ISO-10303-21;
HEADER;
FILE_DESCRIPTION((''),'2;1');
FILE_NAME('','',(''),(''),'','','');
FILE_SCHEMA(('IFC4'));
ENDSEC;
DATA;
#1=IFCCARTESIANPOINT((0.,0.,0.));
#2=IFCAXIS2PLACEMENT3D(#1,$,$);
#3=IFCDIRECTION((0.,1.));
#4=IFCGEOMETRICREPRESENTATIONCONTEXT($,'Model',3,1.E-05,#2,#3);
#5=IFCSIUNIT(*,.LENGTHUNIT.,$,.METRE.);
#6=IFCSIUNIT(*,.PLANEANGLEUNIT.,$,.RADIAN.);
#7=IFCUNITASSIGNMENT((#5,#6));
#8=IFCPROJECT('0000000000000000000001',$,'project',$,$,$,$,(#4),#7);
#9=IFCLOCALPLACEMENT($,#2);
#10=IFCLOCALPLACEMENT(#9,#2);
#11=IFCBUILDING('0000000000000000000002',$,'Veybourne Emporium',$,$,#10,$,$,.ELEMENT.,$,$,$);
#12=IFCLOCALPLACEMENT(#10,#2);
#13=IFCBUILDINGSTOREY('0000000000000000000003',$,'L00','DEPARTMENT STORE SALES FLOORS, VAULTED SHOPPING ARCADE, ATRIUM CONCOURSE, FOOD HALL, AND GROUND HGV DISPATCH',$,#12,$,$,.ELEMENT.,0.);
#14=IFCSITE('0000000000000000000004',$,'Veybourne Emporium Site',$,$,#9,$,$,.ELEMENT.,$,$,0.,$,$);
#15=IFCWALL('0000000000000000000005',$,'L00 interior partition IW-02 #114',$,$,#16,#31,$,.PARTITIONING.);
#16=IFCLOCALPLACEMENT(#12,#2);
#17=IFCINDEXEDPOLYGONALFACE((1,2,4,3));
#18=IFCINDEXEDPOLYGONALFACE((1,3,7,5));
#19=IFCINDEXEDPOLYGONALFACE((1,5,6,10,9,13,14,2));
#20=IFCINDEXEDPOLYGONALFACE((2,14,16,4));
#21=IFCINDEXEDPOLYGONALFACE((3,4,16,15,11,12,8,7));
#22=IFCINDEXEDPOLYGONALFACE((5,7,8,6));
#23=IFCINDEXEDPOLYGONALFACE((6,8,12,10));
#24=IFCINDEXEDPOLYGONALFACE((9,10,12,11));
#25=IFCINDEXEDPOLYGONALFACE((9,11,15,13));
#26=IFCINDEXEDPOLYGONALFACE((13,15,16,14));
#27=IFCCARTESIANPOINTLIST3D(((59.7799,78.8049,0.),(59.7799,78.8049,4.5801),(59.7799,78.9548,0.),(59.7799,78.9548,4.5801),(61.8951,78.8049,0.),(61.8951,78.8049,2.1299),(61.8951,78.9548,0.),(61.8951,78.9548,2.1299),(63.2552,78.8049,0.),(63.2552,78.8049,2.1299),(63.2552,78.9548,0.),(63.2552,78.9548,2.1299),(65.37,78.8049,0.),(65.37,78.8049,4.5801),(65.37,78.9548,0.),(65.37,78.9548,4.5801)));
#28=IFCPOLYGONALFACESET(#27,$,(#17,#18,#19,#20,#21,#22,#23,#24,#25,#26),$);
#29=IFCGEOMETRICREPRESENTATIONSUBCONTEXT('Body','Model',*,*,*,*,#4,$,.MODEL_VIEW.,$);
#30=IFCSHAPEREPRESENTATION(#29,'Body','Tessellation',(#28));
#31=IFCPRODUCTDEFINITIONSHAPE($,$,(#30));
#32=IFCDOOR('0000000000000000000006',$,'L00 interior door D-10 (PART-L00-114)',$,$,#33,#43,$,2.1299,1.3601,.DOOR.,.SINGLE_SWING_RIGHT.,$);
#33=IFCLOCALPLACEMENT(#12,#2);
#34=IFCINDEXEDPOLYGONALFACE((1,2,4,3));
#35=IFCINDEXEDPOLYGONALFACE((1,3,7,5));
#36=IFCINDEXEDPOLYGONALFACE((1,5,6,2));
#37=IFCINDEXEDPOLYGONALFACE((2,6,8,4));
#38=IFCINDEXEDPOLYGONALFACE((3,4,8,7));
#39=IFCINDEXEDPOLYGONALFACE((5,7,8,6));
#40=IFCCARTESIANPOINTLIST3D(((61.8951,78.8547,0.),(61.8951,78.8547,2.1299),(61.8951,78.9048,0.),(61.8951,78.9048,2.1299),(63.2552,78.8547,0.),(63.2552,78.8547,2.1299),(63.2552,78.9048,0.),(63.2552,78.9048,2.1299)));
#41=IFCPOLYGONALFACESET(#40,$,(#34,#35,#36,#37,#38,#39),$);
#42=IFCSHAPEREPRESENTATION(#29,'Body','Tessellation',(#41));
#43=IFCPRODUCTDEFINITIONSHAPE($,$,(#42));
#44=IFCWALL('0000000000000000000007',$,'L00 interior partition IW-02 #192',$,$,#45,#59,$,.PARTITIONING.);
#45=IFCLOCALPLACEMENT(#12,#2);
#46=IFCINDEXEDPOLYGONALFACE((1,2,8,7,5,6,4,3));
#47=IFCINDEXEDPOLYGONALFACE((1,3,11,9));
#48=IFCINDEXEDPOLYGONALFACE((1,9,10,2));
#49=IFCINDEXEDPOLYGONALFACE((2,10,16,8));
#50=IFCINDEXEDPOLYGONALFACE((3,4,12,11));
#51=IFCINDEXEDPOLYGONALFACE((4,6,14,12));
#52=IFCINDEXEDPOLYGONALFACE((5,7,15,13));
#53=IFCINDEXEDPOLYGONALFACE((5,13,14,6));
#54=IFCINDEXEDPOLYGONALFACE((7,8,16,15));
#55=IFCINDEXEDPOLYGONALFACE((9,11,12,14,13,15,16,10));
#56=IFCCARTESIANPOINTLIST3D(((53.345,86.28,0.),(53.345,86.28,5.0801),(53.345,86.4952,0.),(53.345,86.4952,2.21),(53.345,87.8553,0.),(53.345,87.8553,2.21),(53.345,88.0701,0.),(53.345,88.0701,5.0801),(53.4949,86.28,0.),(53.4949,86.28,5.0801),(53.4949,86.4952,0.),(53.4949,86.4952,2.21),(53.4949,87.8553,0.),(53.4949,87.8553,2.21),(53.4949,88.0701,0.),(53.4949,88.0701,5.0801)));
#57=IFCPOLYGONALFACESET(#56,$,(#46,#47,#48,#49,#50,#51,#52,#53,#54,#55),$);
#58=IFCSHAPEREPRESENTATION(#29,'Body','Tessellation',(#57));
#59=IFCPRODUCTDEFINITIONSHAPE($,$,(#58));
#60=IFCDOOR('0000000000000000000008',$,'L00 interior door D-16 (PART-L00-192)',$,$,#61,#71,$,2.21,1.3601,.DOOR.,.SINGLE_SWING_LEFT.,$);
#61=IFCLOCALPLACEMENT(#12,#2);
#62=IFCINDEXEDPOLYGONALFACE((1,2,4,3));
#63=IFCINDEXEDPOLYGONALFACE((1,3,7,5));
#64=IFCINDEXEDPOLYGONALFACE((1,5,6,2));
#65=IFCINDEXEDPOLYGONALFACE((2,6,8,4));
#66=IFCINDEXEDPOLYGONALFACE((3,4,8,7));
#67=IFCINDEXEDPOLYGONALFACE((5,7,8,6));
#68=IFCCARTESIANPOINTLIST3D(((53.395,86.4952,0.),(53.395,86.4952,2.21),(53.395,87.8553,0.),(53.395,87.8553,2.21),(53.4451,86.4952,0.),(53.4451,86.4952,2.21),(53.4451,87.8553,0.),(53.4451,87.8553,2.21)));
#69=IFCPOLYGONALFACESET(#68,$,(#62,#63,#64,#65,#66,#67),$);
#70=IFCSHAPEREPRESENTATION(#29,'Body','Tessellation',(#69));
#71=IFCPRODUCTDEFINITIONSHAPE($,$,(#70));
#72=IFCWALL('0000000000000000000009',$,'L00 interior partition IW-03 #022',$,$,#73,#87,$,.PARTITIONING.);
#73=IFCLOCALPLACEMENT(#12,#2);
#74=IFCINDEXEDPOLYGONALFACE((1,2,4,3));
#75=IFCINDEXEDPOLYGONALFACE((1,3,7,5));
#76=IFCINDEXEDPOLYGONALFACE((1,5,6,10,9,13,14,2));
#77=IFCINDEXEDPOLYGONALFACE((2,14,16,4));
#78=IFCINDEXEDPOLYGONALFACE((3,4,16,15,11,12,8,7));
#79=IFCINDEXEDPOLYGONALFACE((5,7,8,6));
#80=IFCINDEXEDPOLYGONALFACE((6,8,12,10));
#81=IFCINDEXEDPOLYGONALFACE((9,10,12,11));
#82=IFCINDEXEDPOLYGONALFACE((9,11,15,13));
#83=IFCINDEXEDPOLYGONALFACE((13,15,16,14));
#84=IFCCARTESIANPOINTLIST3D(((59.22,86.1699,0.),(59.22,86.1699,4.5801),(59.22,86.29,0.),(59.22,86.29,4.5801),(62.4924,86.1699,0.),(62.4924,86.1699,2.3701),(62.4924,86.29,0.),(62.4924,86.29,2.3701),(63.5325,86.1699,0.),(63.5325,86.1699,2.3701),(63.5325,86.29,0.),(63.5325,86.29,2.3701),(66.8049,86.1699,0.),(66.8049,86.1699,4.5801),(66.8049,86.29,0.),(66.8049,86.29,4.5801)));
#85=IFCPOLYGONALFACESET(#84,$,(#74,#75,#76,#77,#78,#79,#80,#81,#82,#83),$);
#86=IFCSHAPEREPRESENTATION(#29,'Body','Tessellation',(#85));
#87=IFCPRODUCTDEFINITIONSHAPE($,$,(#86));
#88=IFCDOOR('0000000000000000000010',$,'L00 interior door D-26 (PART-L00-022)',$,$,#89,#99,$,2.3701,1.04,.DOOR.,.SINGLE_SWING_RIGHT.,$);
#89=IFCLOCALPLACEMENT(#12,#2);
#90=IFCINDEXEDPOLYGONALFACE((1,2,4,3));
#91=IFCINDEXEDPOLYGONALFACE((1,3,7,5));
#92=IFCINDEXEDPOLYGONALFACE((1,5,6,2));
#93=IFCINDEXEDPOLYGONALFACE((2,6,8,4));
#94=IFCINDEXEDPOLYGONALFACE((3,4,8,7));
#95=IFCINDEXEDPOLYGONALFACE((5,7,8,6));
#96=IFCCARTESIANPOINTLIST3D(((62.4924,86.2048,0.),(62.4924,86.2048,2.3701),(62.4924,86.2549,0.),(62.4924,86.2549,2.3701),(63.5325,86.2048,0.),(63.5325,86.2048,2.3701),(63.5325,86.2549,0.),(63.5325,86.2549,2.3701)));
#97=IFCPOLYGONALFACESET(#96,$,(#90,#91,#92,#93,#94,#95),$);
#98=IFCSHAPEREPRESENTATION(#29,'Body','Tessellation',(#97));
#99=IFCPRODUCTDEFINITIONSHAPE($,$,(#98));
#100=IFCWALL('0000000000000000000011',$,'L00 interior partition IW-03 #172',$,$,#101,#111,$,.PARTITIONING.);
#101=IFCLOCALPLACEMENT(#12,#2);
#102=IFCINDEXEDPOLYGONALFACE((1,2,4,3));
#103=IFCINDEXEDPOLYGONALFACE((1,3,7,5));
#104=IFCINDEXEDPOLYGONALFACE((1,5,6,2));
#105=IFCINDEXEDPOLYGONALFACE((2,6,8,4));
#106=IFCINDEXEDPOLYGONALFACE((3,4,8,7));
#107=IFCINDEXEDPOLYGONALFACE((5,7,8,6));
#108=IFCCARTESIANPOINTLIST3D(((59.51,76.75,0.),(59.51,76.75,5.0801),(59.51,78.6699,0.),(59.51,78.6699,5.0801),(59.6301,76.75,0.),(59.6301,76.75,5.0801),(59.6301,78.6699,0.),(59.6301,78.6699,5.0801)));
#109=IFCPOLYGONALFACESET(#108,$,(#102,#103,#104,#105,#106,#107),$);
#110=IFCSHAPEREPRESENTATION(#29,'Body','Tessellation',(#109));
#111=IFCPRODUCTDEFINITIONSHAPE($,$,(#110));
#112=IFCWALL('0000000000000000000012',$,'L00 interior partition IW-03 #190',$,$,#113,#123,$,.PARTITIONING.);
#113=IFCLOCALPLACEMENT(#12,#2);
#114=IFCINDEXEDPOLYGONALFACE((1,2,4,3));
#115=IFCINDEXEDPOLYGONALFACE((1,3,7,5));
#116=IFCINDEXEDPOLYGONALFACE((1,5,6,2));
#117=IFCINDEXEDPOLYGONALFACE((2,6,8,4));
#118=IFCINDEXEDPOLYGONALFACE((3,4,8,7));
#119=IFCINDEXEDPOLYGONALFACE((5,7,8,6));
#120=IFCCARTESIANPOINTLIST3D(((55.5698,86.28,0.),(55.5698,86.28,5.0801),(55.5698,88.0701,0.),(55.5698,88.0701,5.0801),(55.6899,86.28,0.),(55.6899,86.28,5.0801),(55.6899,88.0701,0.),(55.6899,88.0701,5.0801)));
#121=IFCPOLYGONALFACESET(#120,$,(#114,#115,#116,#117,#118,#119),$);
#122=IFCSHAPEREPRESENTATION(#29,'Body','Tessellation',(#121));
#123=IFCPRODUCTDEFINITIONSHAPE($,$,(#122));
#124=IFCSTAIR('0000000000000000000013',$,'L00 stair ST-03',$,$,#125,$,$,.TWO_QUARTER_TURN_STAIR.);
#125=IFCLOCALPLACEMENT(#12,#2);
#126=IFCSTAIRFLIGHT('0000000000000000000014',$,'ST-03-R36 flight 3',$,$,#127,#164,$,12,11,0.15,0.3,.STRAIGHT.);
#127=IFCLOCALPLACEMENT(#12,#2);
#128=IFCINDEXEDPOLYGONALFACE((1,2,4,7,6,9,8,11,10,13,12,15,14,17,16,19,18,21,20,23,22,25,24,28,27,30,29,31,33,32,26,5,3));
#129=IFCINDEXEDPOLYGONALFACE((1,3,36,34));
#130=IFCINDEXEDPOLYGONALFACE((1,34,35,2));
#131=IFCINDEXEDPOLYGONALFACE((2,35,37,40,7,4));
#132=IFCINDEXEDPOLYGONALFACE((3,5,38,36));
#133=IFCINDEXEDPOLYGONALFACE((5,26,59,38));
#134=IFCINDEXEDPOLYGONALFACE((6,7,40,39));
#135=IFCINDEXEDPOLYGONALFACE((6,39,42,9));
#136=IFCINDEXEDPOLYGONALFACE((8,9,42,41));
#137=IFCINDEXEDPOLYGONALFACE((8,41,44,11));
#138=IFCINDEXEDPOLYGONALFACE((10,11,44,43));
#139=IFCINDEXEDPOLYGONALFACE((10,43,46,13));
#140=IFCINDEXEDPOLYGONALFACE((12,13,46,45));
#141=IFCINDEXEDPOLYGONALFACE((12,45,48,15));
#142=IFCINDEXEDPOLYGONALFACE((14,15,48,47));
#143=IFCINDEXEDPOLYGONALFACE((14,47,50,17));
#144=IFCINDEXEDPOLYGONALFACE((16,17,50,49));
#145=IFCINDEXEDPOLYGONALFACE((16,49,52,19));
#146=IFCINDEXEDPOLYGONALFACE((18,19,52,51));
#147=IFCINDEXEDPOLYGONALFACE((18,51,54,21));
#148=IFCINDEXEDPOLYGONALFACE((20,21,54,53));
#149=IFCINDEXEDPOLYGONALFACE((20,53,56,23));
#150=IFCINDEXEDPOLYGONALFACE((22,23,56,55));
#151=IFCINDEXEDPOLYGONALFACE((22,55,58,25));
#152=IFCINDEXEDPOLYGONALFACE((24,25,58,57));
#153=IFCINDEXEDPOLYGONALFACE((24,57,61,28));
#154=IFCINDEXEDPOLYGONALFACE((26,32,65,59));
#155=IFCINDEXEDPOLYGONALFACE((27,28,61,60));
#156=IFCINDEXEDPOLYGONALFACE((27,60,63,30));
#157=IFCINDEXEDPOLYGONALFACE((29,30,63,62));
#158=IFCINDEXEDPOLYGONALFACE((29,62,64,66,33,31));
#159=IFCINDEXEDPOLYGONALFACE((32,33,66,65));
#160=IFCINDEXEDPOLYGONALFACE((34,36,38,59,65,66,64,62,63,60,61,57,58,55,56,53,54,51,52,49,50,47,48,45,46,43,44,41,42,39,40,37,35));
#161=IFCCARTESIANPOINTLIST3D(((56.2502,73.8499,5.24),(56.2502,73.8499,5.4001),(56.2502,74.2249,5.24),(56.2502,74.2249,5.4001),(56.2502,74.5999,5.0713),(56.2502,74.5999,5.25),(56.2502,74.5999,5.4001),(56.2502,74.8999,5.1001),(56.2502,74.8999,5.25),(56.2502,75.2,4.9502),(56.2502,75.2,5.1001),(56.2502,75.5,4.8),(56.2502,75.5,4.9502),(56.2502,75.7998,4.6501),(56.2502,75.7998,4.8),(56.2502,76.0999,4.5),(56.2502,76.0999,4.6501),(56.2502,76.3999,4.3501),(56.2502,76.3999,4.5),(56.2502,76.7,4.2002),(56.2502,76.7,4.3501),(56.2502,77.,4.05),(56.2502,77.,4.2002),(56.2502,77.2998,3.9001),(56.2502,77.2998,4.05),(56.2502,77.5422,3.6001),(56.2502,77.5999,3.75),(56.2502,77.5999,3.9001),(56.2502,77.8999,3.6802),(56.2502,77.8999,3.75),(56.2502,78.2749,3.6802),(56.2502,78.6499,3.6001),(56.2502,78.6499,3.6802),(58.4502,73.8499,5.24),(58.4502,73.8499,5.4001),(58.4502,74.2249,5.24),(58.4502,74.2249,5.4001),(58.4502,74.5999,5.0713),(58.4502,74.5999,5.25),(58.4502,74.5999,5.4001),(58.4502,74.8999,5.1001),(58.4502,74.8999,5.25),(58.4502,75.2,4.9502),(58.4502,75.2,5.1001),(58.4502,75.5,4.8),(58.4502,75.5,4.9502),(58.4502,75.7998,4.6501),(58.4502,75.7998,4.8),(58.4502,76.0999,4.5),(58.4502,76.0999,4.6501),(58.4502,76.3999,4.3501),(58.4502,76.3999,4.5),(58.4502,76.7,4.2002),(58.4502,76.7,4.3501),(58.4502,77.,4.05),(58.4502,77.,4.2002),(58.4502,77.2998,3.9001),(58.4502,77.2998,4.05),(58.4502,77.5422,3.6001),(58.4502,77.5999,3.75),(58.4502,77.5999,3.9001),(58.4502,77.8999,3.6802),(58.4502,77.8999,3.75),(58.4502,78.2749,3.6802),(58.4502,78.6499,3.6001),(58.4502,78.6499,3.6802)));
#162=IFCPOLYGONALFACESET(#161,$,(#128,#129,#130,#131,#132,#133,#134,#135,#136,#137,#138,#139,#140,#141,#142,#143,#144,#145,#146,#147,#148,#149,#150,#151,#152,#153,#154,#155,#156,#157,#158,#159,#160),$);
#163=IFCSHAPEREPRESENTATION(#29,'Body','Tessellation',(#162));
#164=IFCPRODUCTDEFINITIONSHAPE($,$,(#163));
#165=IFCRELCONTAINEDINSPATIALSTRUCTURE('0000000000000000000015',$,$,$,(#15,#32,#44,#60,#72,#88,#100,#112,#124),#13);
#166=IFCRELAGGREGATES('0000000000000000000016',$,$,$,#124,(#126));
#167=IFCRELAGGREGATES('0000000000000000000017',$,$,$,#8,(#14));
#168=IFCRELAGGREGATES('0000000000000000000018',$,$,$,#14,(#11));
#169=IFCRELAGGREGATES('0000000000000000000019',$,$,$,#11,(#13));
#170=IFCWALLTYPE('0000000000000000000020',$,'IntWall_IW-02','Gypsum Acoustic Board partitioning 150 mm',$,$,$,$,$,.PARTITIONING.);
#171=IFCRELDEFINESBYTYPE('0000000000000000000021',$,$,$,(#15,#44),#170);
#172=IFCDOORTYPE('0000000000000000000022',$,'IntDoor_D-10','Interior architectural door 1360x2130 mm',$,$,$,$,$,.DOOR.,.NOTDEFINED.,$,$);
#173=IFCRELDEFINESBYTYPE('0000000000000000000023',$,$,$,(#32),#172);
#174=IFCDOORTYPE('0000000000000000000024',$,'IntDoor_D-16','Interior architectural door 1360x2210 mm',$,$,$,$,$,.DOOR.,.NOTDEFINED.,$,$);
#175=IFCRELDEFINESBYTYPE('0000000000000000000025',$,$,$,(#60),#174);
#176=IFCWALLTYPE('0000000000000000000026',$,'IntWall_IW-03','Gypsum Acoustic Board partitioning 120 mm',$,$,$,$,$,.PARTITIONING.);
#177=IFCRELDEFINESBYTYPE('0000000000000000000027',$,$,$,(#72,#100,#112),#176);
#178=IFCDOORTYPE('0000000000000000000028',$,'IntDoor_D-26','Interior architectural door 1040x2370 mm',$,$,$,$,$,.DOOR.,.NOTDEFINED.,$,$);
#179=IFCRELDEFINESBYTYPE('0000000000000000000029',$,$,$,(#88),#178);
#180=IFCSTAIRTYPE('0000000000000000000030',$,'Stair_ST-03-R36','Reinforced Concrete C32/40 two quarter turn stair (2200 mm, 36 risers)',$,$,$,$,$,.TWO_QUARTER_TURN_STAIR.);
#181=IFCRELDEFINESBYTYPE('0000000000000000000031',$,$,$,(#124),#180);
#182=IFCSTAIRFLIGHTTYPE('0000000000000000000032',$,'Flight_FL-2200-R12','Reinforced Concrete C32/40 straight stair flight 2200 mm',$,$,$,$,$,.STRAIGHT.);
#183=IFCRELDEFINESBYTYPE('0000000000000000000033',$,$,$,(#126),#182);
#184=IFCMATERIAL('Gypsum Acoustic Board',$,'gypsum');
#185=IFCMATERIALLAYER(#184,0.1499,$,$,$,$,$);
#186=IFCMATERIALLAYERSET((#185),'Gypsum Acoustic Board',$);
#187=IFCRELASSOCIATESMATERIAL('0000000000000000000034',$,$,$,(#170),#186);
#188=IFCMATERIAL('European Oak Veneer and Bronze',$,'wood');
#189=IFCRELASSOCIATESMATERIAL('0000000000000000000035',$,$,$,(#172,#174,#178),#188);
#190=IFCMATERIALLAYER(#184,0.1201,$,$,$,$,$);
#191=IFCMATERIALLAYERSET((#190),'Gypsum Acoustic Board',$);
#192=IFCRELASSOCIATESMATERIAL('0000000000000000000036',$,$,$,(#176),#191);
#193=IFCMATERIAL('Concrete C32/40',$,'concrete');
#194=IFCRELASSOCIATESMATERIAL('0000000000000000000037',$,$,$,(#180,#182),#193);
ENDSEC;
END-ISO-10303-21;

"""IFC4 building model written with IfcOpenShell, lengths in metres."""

from ifc_helpers import new_model, si_unit, direction, frame, frame_2d, origin, place, context, subcontext, project, spatial, polyline, rectangle, outline, extrude, material, layer, layer_set, type_object, element, fill, aggregate, save


model = new_model("IFC4")

# Units and contexts
model_context = context("Model", 3, precision=1e-05, world=origin(), true_north=direction((0.0, 1.0)))
body_context = subcontext(model_context, "Body", "Model", "MODEL_VIEW")
ifc_project = project(units=[si_unit("LENGTHUNIT", "METRE"), si_unit("PLANEANGLEUNIT", "RADIAN")], contexts=[model_context])

# Site, building, storey
site_placement = place(None, origin())
site = spatial("IfcSite", under=ifc_project, at=site_placement, Name="Veybourne Emporium Site", CompositionType="ELEMENT", RefElevation=0.0)
building_placement = place(site_placement, origin())
building = spatial("IfcBuilding", under=site, at=building_placement, Name="Veybourne Emporium", CompositionType="ELEMENT")
storey_placement = place(building_placement, origin())
storey = spatial("IfcBuildingStorey", under=building, at=storey_placement, Name="L00", Description="DEPARTMENT STORE SALES FLOORS, VAULTED SHOPPING ARCADE, ATRIUM CONCOURSE, FOOD HALL, AND GROUND HGV DISPATCH", CompositionType="ELEMENT", Elevation=0.0)

# Shared definitions
ifc_material_1 = material(Name="Concrete C32/40", Category="concrete")

# Walls, openings, doors
ifc_material_2 = material(Name="Gypsum Acoustic Board", Category="gypsum")
ifc_material_3 = material(Name="European Oak Veneer and Bronze", Category="wood")
ifc_layer_1 = layer(ifc_material_2, 0.1499)
ifc_layer_set_1 = layer_set([ifc_layer_1], Name="Gypsum Acoustic Board")
wall_type_1 = type_object("IfcWallType", Name="IntWall_IW-02", Description="Gypsum Acoustic Board partitioning 150 mm", PredefinedType="PARTITIONING", material=ifc_layer_set_1)
wall_1_placement = place(storey_placement, frame((59.78, 78.8799, 0.0), z_axis=(0.0, 0.0, 1.0), x_axis=(1.0, 0.0, 0.0)))
wall_1 = element("IfcWall", 1, at=wall_1_placement, inside=storey, type_object=wall_type_1, Name="L00 interior partition IW-02 #114", PredefinedType="PARTITIONING", context=body_context, shape_type="SweptSolid", body=[
    extrude(rectangle(XDim=5.5901, YDim=0.1499, at=frame_2d((2.7949, 0.0))), origin(), (0.0, 0.0, 1.0), 4.5801),
])
opening_1_placement = place(wall_1_placement, frame((2.115, 0.0, 0.0)))
opening_1 = element("IfcOpeningElement", 2, at=opening_1_placement, cuts=wall_1, PredefinedType="OPENING", context=body_context, shape_type="SweptSolid", body=[
    extrude(rectangle(XDim=1.3601, YDim=2.1299, at=frame_2d((0.6802, 1.0649))), frame((0.0, 0.095, 0.0), z_axis=(0.0, -1.0, 0.0), x_axis=(1.0, 0.0, 0.0)), (0.0, 0.0, 1.0), 0.1899),
])
door_type_1 = type_object("IfcDoorType", Name="IntDoor_D-10", Description="Interior architectural door 1360x2130 mm", OperationType="NOTDEFINED", PredefinedType="DOOR", material=ifc_material_3)
door_1_placement = place(opening_1_placement, origin())
door_1 = element("IfcDoor", 3, at=door_1_placement, inside=storey, type_object=door_type_1, Name="L00 interior door D-10 (PART-L00-114)", OperationType="SINGLE_SWING_RIGHT", OverallHeight=2.1299, OverallWidth=1.3601, PredefinedType="DOOR", context=body_context, shape_type="SweptSolid", body=[
    extrude(rectangle(XDim=1.3601, YDim=2.1299, at=frame_2d((0.6802, 1.0649))), frame((0.0, 0.0249, 0.0), z_axis=(0.0, -1.0, 0.0), x_axis=(1.0, 0.0, 0.0)), (0.0, 0.0, 1.0), 0.05),
])
fill(opening_1, door_1)
wall_2_placement = place(storey_placement, frame((53.4199, 86.28, 0.0), z_axis=(0.0, 0.0, 1.0), x_axis=(0.0, 1.0, 0.0)))
wall_2 = element("IfcWall", 4, at=wall_2_placement, inside=storey, type_object=wall_type_1, Name="L00 interior partition IW-02 #192", PredefinedType="PARTITIONING", context=body_context, shape_type="SweptSolid", body=[
    extrude(rectangle(XDim=1.79, YDim=0.1499, at=frame_2d((0.895, 0.0))), origin(), (0.0, 0.0, 1.0), 5.0801),
])
opening_2_placement = place(wall_2_placement, frame((0.2151, 0.0, 0.0)))
opening_2 = element("IfcOpeningElement", 5, at=opening_2_placement, cuts=wall_2, PredefinedType="OPENING", context=body_context, shape_type="SweptSolid", body=[
    extrude(rectangle(XDim=1.3601, YDim=2.21, at=frame_2d((0.6802, 1.105))), frame((0.0, 0.095, 0.0), z_axis=(0.0, -1.0, 0.0), x_axis=(1.0, 0.0, 0.0)), (0.0, 0.0, 1.0), 0.1899),
])
door_type_2 = type_object("IfcDoorType", Name="IntDoor_D-16", Description="Interior architectural door 1360x2210 mm", OperationType="NOTDEFINED", PredefinedType="DOOR", material=ifc_material_3)
door_2_placement = place(opening_2_placement, origin())
door_2 = element("IfcDoor", 6, at=door_2_placement, inside=storey, type_object=door_type_2, Name="L00 interior door D-16 (PART-L00-192)", OperationType="SINGLE_SWING_LEFT", OverallHeight=2.21, OverallWidth=1.3601, PredefinedType="DOOR", context=body_context, shape_type="SweptSolid", body=[
    extrude(rectangle(XDim=1.3601, YDim=2.21, at=frame_2d((0.6802, 1.105))), frame((0.0, 0.0249, 0.0), z_axis=(0.0, -1.0, 0.0), x_axis=(1.0, 0.0, 0.0)), (0.0, 0.0, 1.0), 0.05),
])
fill(opening_2, door_2)
ifc_layer_2 = layer(ifc_material_2, 0.1201)
ifc_layer_set_2 = layer_set([ifc_layer_2], Name="Gypsum Acoustic Board")
wall_type_2 = type_object("IfcWallType", Name="IntWall_IW-03", Description="Gypsum Acoustic Board partitioning 120 mm", PredefinedType="PARTITIONING", material=ifc_layer_set_2)
wall_3_placement = place(storey_placement, frame((59.22, 86.23, 0.0), z_axis=(0.0, 0.0, 1.0), x_axis=(1.0, 0.0, 0.0)))
wall_3 = element("IfcWall", 7, at=wall_3_placement, inside=storey, type_object=wall_type_2, Name="L00 interior partition IW-03 #022", PredefinedType="PARTITIONING", context=body_context, shape_type="SweptSolid", body=[
    extrude(rectangle(XDim=7.585, YDim=0.1201, at=frame_2d((3.7925, 0.0))), origin(), (0.0, 0.0, 1.0), 4.5801),
])
opening_3_placement = place(wall_3_placement, frame((3.2725, 0.0, 0.0)))
opening_3 = element("IfcOpeningElement", 8, at=opening_3_placement, cuts=wall_3, PredefinedType="OPENING", context=body_context, shape_type="SweptSolid", body=[
    extrude(rectangle(XDim=1.04, YDim=2.3701, at=frame_2d((0.52, 1.1851))), frame((0.0, 0.0801, 0.0), z_axis=(0.0, -1.0, 0.0), x_axis=(1.0, 0.0, 0.0)), (0.0, 0.0, 1.0), 0.1602),
])
door_type_3 = type_object("IfcDoorType", Name="IntDoor_D-26", Description="Interior architectural door 1040x2370 mm", OperationType="NOTDEFINED", PredefinedType="DOOR", material=ifc_material_3)
door_3_placement = place(opening_3_placement, origin())
door_3 = element("IfcDoor", 9, at=door_3_placement, inside=storey, type_object=door_type_3, Name="L00 interior door D-26 (PART-L00-022)", OperationType="SINGLE_SWING_RIGHT", OverallHeight=2.3701, OverallWidth=1.04, PredefinedType="DOOR", context=body_context, shape_type="SweptSolid", body=[
    extrude(rectangle(XDim=1.04, YDim=2.3701, at=frame_2d((0.52, 1.1851))), frame((0.0, 0.0249, 0.0), z_axis=(0.0, -1.0, 0.0), x_axis=(1.0, 0.0, 0.0)), (0.0, 0.0, 1.0), 0.05),
])
fill(opening_3, door_3)

# Walls
wall_4_placement = place(storey_placement, frame((59.5701, 76.75, 0.0), z_axis=(0.0, 0.0, 1.0), x_axis=(0.0, 1.0, 0.0)))
element("IfcWall", 10, at=wall_4_placement, inside=storey, type_object=wall_type_2, Name="L00 interior partition IW-03 #172", PredefinedType="PARTITIONING", context=body_context, shape_type="SweptSolid", body=[
    extrude(rectangle(XDim=1.9199, YDim=0.1201, at=frame_2d((0.96, 0.0))), origin(), (0.0, 0.0, 1.0), 5.0801),
])
wall_5_placement = place(storey_placement, frame((55.6299, 86.28, 0.0), z_axis=(0.0, 0.0, 1.0), x_axis=(0.0, 1.0, 0.0)))
element("IfcWall", 11, at=wall_5_placement, inside=storey, type_object=wall_type_2, Name="L00 interior partition IW-03 #190", PredefinedType="PARTITIONING", context=body_context, shape_type="SweptSolid", body=[
    extrude(rectangle(XDim=1.79, YDim=0.1201, at=frame_2d((0.895, 0.0))), origin(), (0.0, 0.0, 1.0), 5.0801),
])

# Stair, stair flight
stair_type = type_object("IfcStairType", Name="Stair_ST-03-R36", Description="Reinforced Concrete C32/40 two quarter turn stair (2200 mm, 36 risers)", PredefinedType="TWO_QUARTER_TURN_STAIR", material=ifc_material_1)
stair_placement = place(storey_placement, origin())
stair = element("IfcStair", 12, at=stair_placement, inside=storey, type_object=stair_type, Name="L00 stair ST-03", PredefinedType="TWO_QUARTER_TURN_STAIR")
stair_flight_type = type_object("IfcStairFlightType", Name="Flight_FL-2200-R12", Description="Reinforced Concrete C32/40 straight stair flight 2200 mm", PredefinedType="STRAIGHT", material=ifc_material_1)
stair_flight_placement = place(storey_placement, frame((57.3501, 77.8999, 3.6001), z_axis=(0.0, 0.0, 1.0), x_axis=(0.0, -1.0, 0.0)))
stair_flight = element("IfcStairFlight", 13, at=stair_flight_placement, type_object=stair_flight_type, Name="ST-03-R36 flight 3", NumberOfRisers=12, NumberOfTreads=11, PredefinedType="STRAIGHT", RiserHeight=0.15, TreadLength=0.3, context=body_context, shape_type="SweptSolid", body=[
    extrude(outline(polyline([(-0.75, 0.0), (-0.75, 0.0801), (-0.375, 0.0801), (0.0, 0.0801), (0.0, 0.1499), (0.3, 0.1499), (0.3, 0.3), (0.6001, 0.3), (0.6001, 0.45), (0.8999, 0.45), (0.8999, 0.6001), (1.2, 0.6001), (1.2, 0.75), (1.5, 0.75), (1.5, 0.8999), (1.8, 0.8999), (1.8, 1.05), (2.1001, 1.05), (2.1001, 1.2), (2.3999, 1.2), (2.3999, 1.3501), (2.7, 1.3501), (2.7, 1.5), (3.0, 1.5), (3.0, 1.6499), (3.3, 1.6499), (3.3, 1.8), (3.675, 1.8), (4.05, 1.8), (4.05, 1.6399), (3.675, 1.6399), (3.3, 1.4712), (0.3577, 0.0), (-0.75, 0.0)])), frame((0.0, 1.1001, 0.0), z_axis=(0.0, -1.0, 0.0), x_axis=(1.0, 0.0, 0.0)), (0.0, 0.0, 1.0), 2.2),
])
aggregate(stair, [stair_flight])

save(model, "model.ifc")
